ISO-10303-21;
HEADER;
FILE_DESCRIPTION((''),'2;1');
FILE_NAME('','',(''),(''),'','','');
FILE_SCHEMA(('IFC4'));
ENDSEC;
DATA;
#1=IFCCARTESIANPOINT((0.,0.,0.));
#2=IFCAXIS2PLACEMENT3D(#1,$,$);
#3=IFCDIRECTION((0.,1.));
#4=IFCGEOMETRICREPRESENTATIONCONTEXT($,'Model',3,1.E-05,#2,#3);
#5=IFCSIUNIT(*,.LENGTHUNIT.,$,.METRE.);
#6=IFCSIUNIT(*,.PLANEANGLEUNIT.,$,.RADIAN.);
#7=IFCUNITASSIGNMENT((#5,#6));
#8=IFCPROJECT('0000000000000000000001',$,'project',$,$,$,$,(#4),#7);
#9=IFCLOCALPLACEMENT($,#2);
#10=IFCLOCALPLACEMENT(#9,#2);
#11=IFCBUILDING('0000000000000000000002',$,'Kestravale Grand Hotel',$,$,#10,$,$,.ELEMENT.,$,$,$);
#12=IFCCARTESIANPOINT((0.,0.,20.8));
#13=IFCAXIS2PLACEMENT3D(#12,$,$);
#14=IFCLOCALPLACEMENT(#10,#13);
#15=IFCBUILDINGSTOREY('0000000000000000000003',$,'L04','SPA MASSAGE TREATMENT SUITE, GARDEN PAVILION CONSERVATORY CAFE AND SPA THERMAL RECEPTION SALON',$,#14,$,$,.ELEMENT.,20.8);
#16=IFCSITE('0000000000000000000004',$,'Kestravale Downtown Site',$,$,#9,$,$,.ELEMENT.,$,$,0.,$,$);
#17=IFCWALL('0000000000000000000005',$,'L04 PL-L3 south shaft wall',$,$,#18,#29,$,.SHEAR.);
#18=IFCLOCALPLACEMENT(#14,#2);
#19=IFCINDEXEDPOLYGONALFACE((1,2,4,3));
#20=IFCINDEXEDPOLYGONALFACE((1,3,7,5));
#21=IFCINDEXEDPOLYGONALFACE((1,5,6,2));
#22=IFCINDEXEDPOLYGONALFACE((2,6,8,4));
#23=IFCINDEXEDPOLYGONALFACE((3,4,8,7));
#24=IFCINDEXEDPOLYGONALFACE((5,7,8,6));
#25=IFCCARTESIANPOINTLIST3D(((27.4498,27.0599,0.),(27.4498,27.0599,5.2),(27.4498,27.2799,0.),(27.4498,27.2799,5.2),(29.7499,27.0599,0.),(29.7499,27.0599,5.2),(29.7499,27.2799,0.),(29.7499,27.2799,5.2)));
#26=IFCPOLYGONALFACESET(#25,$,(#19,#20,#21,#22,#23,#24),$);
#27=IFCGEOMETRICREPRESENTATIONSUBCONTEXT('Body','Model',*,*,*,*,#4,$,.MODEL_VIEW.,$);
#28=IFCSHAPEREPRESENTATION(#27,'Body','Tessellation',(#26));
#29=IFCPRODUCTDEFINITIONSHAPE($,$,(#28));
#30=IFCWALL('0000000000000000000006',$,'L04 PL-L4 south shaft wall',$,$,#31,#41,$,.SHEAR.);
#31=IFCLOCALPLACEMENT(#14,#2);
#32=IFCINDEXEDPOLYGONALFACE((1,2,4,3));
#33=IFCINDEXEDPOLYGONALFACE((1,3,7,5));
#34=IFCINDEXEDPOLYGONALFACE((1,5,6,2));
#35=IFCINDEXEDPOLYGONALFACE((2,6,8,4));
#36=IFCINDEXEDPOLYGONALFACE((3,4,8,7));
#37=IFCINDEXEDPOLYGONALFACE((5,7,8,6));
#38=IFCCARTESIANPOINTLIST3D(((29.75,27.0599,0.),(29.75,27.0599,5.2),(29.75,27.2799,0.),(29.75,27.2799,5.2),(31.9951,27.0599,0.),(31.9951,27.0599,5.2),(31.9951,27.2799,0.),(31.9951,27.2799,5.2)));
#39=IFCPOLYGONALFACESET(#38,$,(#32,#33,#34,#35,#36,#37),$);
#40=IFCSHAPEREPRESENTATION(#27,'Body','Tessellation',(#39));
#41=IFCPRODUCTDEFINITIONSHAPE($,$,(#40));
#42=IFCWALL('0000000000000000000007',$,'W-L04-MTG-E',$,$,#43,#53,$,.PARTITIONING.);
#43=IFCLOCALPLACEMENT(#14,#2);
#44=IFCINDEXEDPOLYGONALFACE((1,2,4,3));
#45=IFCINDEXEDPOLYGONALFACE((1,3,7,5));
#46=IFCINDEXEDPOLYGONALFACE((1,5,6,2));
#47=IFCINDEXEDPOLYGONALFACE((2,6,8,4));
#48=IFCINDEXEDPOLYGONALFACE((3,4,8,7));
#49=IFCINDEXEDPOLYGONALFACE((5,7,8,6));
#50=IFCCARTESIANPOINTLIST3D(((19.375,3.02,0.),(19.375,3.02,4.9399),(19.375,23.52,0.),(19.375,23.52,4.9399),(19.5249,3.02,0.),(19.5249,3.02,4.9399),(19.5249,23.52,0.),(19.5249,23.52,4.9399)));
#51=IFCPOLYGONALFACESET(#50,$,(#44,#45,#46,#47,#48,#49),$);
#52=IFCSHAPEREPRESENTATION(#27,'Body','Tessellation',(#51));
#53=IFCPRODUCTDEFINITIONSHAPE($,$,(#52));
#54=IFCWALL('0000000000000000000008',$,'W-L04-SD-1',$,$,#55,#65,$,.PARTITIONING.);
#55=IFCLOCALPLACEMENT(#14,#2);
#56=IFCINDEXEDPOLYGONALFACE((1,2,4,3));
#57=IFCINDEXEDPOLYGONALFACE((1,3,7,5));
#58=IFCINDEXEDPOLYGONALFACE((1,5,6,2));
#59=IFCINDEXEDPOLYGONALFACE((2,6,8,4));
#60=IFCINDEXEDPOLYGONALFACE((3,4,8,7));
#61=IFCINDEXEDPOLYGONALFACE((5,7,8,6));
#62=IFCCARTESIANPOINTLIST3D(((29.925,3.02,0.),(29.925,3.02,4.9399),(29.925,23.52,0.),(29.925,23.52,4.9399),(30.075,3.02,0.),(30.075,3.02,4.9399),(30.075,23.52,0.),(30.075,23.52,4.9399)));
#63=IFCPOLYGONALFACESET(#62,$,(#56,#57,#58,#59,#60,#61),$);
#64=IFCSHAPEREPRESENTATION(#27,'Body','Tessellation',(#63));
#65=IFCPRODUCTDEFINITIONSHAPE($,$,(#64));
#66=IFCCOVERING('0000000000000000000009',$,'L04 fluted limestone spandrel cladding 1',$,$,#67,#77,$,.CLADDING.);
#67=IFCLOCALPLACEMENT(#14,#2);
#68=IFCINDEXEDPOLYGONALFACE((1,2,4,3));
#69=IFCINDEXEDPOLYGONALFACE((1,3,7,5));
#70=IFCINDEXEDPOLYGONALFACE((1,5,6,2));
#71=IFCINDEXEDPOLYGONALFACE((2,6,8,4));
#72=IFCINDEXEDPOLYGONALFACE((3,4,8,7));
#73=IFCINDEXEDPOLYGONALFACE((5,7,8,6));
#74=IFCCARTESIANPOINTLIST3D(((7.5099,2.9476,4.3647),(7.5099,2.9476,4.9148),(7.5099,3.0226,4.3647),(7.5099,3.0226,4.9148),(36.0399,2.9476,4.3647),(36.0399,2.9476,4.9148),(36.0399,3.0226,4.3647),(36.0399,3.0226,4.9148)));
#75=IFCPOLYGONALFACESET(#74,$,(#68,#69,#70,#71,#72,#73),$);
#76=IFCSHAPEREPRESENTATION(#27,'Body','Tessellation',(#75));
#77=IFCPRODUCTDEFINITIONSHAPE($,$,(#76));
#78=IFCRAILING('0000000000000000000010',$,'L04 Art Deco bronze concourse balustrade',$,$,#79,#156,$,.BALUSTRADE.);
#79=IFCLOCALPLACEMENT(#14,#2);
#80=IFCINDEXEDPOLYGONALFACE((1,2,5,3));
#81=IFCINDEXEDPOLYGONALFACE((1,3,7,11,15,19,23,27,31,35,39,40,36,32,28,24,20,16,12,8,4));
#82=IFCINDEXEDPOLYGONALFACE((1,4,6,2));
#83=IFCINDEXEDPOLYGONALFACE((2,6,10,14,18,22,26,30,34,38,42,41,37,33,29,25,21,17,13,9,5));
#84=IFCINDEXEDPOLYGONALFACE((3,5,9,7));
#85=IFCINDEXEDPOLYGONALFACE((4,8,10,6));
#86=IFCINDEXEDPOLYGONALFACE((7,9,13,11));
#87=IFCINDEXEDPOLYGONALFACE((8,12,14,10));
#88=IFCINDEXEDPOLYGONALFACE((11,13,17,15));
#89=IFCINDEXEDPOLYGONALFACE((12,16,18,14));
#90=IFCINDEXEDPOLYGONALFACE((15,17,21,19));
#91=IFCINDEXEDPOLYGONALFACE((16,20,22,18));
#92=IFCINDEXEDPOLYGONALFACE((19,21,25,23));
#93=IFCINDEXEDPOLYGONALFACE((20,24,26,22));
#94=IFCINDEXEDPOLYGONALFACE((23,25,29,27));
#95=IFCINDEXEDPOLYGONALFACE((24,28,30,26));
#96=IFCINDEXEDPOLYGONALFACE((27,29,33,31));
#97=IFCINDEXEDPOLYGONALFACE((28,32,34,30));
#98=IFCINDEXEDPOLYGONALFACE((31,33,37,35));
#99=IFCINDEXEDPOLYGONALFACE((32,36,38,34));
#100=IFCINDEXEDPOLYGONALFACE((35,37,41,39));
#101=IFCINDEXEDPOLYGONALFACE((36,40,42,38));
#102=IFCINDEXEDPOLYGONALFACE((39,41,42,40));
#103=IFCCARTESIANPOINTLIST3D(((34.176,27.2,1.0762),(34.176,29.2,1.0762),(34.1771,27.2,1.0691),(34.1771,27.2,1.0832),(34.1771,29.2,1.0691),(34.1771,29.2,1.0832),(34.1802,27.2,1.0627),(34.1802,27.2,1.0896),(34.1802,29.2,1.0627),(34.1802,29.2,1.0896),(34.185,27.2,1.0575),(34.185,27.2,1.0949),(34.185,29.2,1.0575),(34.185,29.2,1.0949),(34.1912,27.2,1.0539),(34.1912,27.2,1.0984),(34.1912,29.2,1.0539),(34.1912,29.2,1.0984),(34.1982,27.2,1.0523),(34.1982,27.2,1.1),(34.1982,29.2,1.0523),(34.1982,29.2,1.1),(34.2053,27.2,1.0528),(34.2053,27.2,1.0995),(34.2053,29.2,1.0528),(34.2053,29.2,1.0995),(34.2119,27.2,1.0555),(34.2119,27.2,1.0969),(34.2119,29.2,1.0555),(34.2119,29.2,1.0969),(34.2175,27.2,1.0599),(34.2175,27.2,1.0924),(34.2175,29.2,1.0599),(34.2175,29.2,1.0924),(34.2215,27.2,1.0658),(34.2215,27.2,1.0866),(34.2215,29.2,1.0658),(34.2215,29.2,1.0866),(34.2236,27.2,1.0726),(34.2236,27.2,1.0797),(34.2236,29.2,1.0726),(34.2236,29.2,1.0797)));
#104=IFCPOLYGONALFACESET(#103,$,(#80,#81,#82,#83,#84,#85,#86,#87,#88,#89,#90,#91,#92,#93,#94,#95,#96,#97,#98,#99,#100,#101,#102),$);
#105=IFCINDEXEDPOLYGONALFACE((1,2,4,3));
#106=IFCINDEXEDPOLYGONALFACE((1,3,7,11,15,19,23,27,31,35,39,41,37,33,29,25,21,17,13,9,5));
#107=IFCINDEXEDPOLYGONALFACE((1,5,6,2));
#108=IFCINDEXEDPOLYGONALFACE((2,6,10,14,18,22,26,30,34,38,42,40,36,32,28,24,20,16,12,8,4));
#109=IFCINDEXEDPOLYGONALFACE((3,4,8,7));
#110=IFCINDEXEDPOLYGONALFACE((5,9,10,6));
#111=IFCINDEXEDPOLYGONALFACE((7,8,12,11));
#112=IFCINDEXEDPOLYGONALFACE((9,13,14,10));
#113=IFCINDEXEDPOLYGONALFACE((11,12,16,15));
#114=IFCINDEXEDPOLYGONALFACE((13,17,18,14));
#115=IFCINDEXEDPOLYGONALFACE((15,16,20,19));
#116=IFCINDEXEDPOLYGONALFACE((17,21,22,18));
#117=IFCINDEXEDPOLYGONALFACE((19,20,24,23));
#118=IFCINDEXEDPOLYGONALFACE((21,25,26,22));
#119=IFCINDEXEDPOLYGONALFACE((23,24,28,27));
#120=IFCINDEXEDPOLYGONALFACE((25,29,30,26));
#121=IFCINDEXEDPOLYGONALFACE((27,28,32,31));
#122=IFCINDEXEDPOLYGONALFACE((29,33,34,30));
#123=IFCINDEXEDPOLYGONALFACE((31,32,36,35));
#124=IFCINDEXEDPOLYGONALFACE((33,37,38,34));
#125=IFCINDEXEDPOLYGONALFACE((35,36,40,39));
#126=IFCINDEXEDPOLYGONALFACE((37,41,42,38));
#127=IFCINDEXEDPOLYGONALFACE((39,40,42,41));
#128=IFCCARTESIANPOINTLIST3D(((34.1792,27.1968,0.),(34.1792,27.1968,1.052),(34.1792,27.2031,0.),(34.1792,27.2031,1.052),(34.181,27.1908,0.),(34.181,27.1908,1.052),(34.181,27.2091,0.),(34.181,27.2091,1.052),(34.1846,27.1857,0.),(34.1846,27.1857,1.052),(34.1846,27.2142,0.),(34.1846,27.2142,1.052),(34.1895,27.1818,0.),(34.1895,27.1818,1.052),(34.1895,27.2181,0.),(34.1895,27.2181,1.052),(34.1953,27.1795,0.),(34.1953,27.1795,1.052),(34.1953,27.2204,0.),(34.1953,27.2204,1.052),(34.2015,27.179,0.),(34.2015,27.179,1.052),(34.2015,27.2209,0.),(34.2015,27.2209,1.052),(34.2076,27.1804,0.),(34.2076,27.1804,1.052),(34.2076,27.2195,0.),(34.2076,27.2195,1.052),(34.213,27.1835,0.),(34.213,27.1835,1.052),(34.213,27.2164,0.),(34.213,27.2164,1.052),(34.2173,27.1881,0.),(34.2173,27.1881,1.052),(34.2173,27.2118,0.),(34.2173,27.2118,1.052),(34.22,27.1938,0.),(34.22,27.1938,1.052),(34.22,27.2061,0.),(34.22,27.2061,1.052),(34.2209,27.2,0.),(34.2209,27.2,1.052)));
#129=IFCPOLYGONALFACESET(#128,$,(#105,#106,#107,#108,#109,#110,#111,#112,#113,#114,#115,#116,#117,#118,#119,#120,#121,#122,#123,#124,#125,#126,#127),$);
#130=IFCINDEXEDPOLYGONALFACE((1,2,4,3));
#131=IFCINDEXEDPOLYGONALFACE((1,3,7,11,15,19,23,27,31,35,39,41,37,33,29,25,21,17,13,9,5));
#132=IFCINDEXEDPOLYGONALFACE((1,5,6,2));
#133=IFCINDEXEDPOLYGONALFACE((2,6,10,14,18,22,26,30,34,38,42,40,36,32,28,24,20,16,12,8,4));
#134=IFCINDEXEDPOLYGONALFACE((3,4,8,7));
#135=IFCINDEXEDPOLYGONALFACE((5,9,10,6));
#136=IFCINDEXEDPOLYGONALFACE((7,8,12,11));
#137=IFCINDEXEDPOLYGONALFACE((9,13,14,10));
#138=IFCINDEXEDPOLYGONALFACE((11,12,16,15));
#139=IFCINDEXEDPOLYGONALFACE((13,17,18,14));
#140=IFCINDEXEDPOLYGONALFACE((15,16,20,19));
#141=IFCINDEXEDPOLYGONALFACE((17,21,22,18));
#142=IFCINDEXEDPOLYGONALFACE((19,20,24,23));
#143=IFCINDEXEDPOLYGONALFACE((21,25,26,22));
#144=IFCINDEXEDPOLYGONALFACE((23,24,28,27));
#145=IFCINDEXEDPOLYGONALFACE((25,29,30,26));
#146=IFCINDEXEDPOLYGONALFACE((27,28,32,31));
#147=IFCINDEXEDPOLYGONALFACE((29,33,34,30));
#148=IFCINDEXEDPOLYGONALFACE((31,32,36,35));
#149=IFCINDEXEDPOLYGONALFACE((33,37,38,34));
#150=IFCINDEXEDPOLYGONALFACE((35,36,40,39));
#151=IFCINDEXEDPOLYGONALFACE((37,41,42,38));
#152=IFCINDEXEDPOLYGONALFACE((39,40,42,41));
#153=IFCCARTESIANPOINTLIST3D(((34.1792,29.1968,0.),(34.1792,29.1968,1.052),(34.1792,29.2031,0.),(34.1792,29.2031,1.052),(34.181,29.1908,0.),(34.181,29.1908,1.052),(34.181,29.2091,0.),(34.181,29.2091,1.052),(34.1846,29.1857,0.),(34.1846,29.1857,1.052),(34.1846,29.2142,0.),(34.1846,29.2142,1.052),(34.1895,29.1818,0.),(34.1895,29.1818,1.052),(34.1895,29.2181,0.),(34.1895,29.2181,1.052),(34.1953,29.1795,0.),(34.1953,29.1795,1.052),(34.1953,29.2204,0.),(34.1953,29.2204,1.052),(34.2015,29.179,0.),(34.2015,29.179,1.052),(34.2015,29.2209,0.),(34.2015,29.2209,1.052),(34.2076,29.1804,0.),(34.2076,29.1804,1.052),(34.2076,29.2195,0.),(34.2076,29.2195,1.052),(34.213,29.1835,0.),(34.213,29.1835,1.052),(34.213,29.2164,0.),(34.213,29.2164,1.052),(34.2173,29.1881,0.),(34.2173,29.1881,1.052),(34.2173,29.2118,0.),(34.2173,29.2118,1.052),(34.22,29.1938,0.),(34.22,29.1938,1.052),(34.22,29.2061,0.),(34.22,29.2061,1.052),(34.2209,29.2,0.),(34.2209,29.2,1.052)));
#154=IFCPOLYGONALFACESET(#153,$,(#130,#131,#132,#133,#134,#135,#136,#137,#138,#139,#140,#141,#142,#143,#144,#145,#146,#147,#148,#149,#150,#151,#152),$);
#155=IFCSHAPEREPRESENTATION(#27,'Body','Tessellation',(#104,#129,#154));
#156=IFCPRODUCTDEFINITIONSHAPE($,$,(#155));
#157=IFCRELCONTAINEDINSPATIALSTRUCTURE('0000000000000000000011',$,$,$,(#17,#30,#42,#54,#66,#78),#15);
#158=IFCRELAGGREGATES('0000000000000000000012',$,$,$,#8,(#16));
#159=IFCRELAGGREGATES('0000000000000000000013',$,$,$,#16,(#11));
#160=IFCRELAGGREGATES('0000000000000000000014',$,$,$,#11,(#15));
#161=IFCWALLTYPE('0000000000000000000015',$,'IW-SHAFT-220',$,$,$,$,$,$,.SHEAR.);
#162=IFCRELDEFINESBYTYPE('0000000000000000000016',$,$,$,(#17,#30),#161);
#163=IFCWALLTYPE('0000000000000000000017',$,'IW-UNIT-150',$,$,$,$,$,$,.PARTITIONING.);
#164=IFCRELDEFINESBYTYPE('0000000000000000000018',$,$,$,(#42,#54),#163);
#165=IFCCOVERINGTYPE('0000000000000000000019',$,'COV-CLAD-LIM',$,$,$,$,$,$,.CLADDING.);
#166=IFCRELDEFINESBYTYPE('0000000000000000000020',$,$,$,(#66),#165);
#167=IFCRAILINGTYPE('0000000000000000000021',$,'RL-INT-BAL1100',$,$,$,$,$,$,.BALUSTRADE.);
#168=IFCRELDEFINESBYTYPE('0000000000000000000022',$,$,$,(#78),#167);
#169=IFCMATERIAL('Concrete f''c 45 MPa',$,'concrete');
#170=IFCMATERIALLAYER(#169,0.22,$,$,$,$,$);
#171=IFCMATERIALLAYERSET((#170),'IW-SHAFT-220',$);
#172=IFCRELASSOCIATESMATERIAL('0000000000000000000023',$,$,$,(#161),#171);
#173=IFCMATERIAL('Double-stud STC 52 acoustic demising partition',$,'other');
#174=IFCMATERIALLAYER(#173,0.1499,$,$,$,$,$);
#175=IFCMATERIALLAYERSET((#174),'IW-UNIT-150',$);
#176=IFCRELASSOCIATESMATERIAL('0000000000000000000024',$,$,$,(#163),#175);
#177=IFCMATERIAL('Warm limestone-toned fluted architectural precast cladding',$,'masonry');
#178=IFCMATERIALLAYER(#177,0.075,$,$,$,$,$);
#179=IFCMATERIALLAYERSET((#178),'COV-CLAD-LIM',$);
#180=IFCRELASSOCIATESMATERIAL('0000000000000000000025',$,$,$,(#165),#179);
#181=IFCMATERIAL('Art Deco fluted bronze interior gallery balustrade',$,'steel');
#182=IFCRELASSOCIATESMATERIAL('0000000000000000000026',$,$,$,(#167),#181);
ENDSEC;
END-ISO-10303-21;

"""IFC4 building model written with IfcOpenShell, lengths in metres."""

from ifc_helpers import new_model, si_unit, direction, frame, frame_2d, origin, origin_2d, place, context, subcontext, project, spatial, rectangle, circle, extrude, material, layer, layer_set, type_object, element, save


model = new_model("IFC4")

# Units and contexts
model_context = context("Model", 3, precision=1e-05, world=origin(), true_north=direction((0.0, 1.0)))
body_context = subcontext(model_context, "Body", "Model", "MODEL_VIEW")
ifc_project = project(units=[si_unit("LENGTHUNIT", "METRE"), si_unit("PLANEANGLEUNIT", "RADIAN")], contexts=[model_context])

# Site, building, storey
site_placement = place(None, origin())
site = spatial("IfcSite", under=ifc_project, at=site_placement, Name="Kestravale Downtown Site", CompositionType="ELEMENT", RefElevation=0.0)
building_placement = place(site_placement, origin())
building = spatial("IfcBuilding", under=site, at=building_placement, Name="Kestravale Grand Hotel", CompositionType="ELEMENT")
storey_placement = place(building_placement, frame((0.0, 0.0, 20.8)))
storey = spatial("IfcBuildingStorey", under=building, at=storey_placement, Name="L04", Description="SPA MASSAGE TREATMENT SUITE, GARDEN PAVILION CONSERVATORY CAFE AND SPA THERMAL RECEPTION SALON", CompositionType="ELEMENT", Elevation=20.8)

# Walls
ifc_material_1 = material(Name="Concrete f'c 45 MPa", Category="concrete")
ifc_layer_1 = layer(ifc_material_1, 0.22)
ifc_layer_set_1 = layer_set([ifc_layer_1], Name="IW-SHAFT-220")
wall_type_1 = type_object("IfcWallType", Name="IW-SHAFT-220", PredefinedType="SHEAR", material=ifc_layer_set_1)
for number, where, z_axis, x_axis, name in (
    (1, (27.45, 27.1699, 0.0), (0.0, 0.0, 1.0), (1.0, 0.0, 0.0), "L04 PL-L3 south shaft wall"),
):
    element("IfcWall", number, at=place(storey_placement, frame(where, z_axis=z_axis, x_axis=x_axis)), inside=storey, type_object=wall_type_1, Name=name, PredefinedType="SHEAR", context=body_context, shape_type="SweptSolid", body=[
        extrude(rectangle(XDim=2.3, YDim=0.22, at=frame_2d((1.1499, 0.0))), origin(), (0.0, 0.0, 1.0), 5.2),
    ])
wall_1_placement = place(storey_placement, frame((29.75, 27.1699, 0.0), z_axis=(0.0, 0.0, 1.0), x_axis=(1.0, 0.0, 0.0)))
element("IfcWall", 2, at=wall_1_placement, inside=storey, type_object=wall_type_1, Name="L04 PL-L4 south shaft wall", PredefinedType="SHEAR", context=body_context, shape_type="SweptSolid", body=[
    extrude(rectangle(XDim=2.2451, YDim=0.22, at=frame_2d((1.1226, 0.0))), origin(), (0.0, 0.0, 1.0), 5.2),
])
ifc_material_2 = material(Name="Double-stud STC 52 acoustic demising partition", Category="other")
ifc_layer_2 = layer(ifc_material_2, 0.1499)
ifc_layer_set_2 = layer_set([ifc_layer_2], Name="IW-UNIT-150")
wall_type_2 = type_object("IfcWallType", Name="IW-UNIT-150", PredefinedType="PARTITIONING", material=ifc_layer_set_2)
for number, where, z_axis, x_axis, name in (
    (3, (19.45, 3.02, 0.0), (0.0, 0.0, 1.0), (0.0, 1.0, 0.0), "W-L04-MTG-E"),
    (4, (30.0, 3.02, 0.0), (0.0, 0.0, 1.0), (0.0, 1.0, 0.0), "W-L04-SD-1"),
):
    element("IfcWall", number, at=place(storey_placement, frame(where, z_axis=z_axis, x_axis=x_axis)), inside=storey, type_object=wall_type_2, Name=name, PredefinedType="PARTITIONING", context=body_context, shape_type="SweptSolid", body=[
        extrude(rectangle(XDim=20.5, YDim=0.1499, at=frame_2d((10.25, 0.0))), origin(), (0.0, 0.0, 1.0), 4.9399),
    ])

# Covering
ifc_material_3 = material(Name="Warm limestone-toned fluted architectural precast cladding", Category="masonry")
ifc_layer_3 = layer(ifc_material_3, 0.075)
ifc_layer_set_3 = layer_set([ifc_layer_3], Name="COV-CLAD-LIM")
covering_type = type_object("IfcCoveringType", Name="COV-CLAD-LIM", PredefinedType="CLADDING", material=ifc_layer_set_3)
covering_placement = place(storey_placement, frame((21.7749, 2.9851, 4.3647), z_axis=(0.0, 0.0, 1.0), x_axis=(1.0, 0.0, 0.0)))
element("IfcCovering", 5, at=covering_placement, inside=storey, type_object=covering_type, Name="L04 fluted limestone spandrel cladding 1", PredefinedType="CLADDING", context=body_context, shape_type="SweptSolid", body=[
    extrude(rectangle(XDim=28.53, YDim=0.075, at=origin_2d()), origin(), (0.0, 0.0, 1.0), 0.55),
])

# Railing
ifc_material_4 = material(Name="Art Deco fluted bronze interior gallery balustrade", Category="steel")
railing_type = type_object("IfcRailingType", Name="RL-INT-BAL1100", PredefinedType="BALUSTRADE", material=ifc_material_4)
railing_placement = place(storey_placement, frame((34.2, 27.2, 0.0)))
element("IfcRailing", 6, at=railing_placement, inside=storey, type_object=railing_type, Name="L04 Art Deco bronze concourse balustrade", PredefinedType="BALUSTRADE", context=body_context, shape_type="SweptSolid", body=[
    extrude(circle(Radius=0.0239, at=origin_2d()), frame((0.0, 0.0, 1.0762), z_axis=(0.0, 1.0, 0.0), x_axis=(-1.0, 0.0, 0.0)), (0.0, 0.0, 1.0), 2.0),
    extrude(circle(Radius=0.021, at=origin_2d()), origin(), (0.0, 0.0, 1.0), 1.052),
    extrude(circle(Radius=0.021, at=origin_2d()), frame((0.0, 2.0, 0.0)), (0.0, 0.0, 1.0), 1.052),
])

save(model, "model.ifc")
